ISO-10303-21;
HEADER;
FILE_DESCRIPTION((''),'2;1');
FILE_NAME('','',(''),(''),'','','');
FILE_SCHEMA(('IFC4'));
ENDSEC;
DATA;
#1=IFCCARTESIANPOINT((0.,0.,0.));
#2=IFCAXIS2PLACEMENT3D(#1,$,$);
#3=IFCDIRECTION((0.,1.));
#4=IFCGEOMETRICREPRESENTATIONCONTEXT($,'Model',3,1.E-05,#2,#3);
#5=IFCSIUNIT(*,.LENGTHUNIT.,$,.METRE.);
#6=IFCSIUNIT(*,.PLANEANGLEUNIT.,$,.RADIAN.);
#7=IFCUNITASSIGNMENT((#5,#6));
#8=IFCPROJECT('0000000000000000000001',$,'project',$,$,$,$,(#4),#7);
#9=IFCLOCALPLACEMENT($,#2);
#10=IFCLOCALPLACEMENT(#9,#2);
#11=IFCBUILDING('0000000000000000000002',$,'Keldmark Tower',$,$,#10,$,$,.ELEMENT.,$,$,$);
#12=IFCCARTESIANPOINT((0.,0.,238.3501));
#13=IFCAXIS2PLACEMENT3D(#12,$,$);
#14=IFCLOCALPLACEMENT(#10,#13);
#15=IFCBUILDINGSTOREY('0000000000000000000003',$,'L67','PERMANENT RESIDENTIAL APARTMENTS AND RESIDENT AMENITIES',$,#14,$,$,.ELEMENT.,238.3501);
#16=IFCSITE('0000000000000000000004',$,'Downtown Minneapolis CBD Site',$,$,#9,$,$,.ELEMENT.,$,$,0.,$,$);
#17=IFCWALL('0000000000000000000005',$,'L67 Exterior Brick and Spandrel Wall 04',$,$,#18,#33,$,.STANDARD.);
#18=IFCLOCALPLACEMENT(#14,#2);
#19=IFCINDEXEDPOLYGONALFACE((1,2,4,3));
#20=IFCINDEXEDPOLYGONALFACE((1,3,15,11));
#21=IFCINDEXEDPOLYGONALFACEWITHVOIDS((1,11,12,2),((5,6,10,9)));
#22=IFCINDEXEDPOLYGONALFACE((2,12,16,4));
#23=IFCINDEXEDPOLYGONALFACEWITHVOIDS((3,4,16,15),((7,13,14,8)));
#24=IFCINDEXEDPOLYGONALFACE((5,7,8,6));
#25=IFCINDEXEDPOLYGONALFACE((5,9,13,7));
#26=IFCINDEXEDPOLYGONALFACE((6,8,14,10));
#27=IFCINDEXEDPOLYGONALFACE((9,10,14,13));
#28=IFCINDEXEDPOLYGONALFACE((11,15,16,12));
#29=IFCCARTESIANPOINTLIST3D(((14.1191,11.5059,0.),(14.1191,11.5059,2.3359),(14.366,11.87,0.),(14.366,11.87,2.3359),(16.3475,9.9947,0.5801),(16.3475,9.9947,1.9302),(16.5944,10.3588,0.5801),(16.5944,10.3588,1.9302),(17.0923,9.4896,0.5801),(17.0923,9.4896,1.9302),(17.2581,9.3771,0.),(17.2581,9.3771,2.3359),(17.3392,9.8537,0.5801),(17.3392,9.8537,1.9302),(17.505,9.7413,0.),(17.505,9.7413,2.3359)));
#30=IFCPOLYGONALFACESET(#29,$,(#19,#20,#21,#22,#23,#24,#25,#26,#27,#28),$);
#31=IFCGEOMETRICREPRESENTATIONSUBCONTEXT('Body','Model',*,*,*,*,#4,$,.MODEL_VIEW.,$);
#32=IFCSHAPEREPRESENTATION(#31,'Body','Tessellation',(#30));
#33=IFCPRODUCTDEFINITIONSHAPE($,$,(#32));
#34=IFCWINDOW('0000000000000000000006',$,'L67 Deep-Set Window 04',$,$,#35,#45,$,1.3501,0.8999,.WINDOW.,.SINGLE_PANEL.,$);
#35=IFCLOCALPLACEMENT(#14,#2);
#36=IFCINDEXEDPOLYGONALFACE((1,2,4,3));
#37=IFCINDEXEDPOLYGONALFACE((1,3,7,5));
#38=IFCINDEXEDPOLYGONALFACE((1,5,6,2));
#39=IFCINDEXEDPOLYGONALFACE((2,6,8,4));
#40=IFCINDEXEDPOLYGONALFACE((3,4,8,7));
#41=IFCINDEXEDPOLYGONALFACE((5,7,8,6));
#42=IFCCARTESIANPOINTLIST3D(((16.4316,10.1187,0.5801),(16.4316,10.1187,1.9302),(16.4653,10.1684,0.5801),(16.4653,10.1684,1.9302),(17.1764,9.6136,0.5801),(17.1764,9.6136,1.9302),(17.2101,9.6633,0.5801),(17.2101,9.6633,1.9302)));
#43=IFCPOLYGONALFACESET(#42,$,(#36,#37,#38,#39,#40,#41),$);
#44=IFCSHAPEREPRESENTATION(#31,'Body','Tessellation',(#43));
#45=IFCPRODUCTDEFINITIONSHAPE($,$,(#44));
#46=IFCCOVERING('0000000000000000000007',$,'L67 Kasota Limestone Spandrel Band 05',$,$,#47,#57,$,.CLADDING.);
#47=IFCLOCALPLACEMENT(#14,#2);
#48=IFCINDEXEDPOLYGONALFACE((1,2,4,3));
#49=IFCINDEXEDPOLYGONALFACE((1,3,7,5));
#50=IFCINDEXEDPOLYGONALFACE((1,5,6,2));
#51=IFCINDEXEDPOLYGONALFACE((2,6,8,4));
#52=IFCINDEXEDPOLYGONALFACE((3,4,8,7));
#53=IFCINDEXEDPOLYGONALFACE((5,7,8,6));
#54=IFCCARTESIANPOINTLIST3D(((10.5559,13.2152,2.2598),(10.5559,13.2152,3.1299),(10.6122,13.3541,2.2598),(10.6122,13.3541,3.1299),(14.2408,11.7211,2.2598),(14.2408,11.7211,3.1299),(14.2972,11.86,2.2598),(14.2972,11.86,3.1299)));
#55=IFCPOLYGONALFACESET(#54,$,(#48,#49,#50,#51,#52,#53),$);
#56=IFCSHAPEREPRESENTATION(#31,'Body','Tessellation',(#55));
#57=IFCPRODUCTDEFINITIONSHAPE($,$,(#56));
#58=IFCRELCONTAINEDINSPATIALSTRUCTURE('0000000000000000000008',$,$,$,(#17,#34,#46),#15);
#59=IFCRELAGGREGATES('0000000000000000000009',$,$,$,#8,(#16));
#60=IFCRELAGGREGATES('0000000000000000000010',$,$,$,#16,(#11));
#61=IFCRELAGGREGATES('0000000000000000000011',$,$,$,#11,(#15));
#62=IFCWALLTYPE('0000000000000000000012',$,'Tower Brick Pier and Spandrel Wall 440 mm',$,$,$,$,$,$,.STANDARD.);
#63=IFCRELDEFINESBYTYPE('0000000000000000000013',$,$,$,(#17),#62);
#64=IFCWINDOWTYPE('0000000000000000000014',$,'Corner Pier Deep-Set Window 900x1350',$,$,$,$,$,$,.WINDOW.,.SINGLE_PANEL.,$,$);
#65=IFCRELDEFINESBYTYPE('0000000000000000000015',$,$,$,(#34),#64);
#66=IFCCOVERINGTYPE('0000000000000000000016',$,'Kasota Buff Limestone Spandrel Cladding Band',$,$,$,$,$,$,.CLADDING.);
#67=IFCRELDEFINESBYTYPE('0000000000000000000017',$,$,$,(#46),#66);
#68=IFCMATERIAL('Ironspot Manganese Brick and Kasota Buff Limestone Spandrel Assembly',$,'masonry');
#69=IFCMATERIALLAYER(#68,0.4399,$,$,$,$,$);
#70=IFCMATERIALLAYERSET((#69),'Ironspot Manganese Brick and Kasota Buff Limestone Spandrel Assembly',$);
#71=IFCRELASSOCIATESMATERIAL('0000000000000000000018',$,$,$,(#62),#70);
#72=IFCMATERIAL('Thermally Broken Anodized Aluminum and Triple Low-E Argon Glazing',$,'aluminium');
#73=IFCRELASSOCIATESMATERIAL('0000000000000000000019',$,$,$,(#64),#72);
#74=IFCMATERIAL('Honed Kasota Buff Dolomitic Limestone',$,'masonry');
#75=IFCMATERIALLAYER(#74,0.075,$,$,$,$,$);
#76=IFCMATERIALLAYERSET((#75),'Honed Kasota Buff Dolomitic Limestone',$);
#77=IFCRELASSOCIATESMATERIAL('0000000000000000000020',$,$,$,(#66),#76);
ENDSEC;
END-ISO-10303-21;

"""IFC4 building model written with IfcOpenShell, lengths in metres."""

from ifc_helpers import new_model, si_unit, direction, frame, frame_2d, origin, origin_2d, place, context, subcontext, project, spatial, rectangle, extrude, material, layer, layer_set, type_object, element, fill, save


model = new_model("IFC4")

# Units and contexts
model_context = context("Model", 3, precision=1e-05, world=origin(), true_north=direction((0.0, 1.0)))
body_context = subcontext(model_context, "Body", "Model", "MODEL_VIEW")
ifc_project = project(units=[si_unit("LENGTHUNIT", "METRE"), si_unit("PLANEANGLEUNIT", "RADIAN")], contexts=[model_context])

# Site, building, storey
site_placement = place(None, origin())
site = spatial("IfcSite", under=ifc_project, at=site_placement, Name="Downtown Minneapolis CBD Site", CompositionType="ELEMENT", RefElevation=0.0)
building_placement = place(site_placement, origin())
building = spatial("IfcBuilding", under=site, at=building_placement, Name="Keldmark Tower", CompositionType="ELEMENT")
storey_placement = place(building_placement, frame((0.0, 0.0, 238.3501)))
storey = spatial("IfcBuildingStorey", under=building, at=storey_placement, Name="L67", Description="PERMANENT RESIDENTIAL APARTMENTS AND RESIDENT AMENITIES", CompositionType="ELEMENT", Elevation=238.3501)

# Shared definitions
ifc_material_1 = material(Name="Ironspot Manganese Brick and Kasota Buff Limestone Spandrel Assembly", Category="masonry")
ifc_layer_1 = layer(ifc_material_1, 0.4399)
ifc_layer_set_1 = layer_set([ifc_layer_1], Name="Ironspot Manganese Brick and Kasota Buff Limestone Spandrel Assembly")
wall_type_1 = type_object("IfcWallType", Name="Tower Brick Pier and Spandrel Wall 440 mm", PredefinedType="STANDARD", material=ifc_layer_set_1)

# Wall, opening, window
ifc_material_2 = material(Name="Thermally Broken Anodized Aluminum and Triple Low-E Argon Glazing", Category="aluminium")
window_type = type_object("IfcWindowType", Name="Corner Pier Deep-Set Window 900x1350", PartitioningType="SINGLE_PANEL", PredefinedType="WINDOW", material=ifc_material_2)
wall_1_placement = place(storey_placement, frame((14.2424, 11.688, 0.0), z_axis=(0.0, 0.0, 1.0), x_axis=(0.827637, -0.561264, 0.0)))
wall_1 = element("IfcWall", 1, at=wall_1_placement, inside=storey, type_object=wall_type_1, Name="L67 Exterior Brick and Spandrel Wall 04", PredefinedType="STANDARD", context=body_context, shape_type="SweptSolid", body=[
    extrude(rectangle(XDim=3.7927, YDim=0.4399, at=frame_2d((1.8965, 0.0))), origin(), (0.0, 0.0, 1.0), 2.3359),
])
opening_1_placement = place(wall_1_placement, frame((2.6926, 0.0, 0.5801)))
opening_1 = element("IfcOpeningElement", 2, at=opening_1_placement, cuts=wall_1, PredefinedType="OPENING", context=body_context, shape_type="SweptSolid", body=[
    extrude(rectangle(XDim=0.8999, YDim=1.3501, at=frame_2d((0.45, 0.675))), frame((0.0, 0.23, 0.0), z_axis=(0.0, -1.0, 0.0), x_axis=(1.0, 0.0, 0.0)), (0.0, 0.0, 1.0), 0.46),
])
window_1_placement = place(opening_1_placement, origin())
window_1 = element("IfcWindow", 3, at=window_1_placement, inside=storey, type_object=window_type, Name="L67 Deep-Set Window 04", OverallHeight=1.3501, OverallWidth=0.8999, PartitioningType="SINGLE_PANEL", PredefinedType="WINDOW", context=body_context, shape_type="SweptSolid", body=[
    extrude(rectangle(XDim=0.8999, YDim=1.3501, at=frame_2d((0.45, 0.675))), frame((0.0, -0.01, 0.0), z_axis=(0.0, -1.0, 0.0), x_axis=(1.0, 0.0, 0.0)), (0.0, 0.0, 1.0), 0.0601),
])
fill(opening_1, window_1)

# Covering
ifc_material_3 = material(Name="Honed Kasota Buff Dolomitic Limestone", Category="masonry")
ifc_layer_2 = layer(ifc_material_3, 0.075)
ifc_layer_set_2 = layer_set([ifc_layer_2], Name="Honed Kasota Buff Dolomitic Limestone")
covering_type = type_object("IfcCoveringType", Name="Kasota Buff Limestone Spandrel Cladding Band", PredefinedType="CLADDING", material=ifc_layer_set_2)
covering_placement = place(storey_placement, frame((12.4265, 12.5376, 2.2598), z_axis=(0.0, 0.0, 1.0), x_axis=(-0.926725, 0.375739, 0.0)))
element("IfcCovering", 4, at=covering_placement, inside=storey, type_object=covering_type, Name="L67 Kasota Limestone Spandrel Band 05", PredefinedType="CLADDING", context=body_context, shape_type="SweptSolid", body=[
    extrude(rectangle(XDim=3.9763, YDim=0.1499, at=origin_2d()), origin(), (0.0, 0.0, 1.0), 0.8701),
])

save(model, "model.ifc")
